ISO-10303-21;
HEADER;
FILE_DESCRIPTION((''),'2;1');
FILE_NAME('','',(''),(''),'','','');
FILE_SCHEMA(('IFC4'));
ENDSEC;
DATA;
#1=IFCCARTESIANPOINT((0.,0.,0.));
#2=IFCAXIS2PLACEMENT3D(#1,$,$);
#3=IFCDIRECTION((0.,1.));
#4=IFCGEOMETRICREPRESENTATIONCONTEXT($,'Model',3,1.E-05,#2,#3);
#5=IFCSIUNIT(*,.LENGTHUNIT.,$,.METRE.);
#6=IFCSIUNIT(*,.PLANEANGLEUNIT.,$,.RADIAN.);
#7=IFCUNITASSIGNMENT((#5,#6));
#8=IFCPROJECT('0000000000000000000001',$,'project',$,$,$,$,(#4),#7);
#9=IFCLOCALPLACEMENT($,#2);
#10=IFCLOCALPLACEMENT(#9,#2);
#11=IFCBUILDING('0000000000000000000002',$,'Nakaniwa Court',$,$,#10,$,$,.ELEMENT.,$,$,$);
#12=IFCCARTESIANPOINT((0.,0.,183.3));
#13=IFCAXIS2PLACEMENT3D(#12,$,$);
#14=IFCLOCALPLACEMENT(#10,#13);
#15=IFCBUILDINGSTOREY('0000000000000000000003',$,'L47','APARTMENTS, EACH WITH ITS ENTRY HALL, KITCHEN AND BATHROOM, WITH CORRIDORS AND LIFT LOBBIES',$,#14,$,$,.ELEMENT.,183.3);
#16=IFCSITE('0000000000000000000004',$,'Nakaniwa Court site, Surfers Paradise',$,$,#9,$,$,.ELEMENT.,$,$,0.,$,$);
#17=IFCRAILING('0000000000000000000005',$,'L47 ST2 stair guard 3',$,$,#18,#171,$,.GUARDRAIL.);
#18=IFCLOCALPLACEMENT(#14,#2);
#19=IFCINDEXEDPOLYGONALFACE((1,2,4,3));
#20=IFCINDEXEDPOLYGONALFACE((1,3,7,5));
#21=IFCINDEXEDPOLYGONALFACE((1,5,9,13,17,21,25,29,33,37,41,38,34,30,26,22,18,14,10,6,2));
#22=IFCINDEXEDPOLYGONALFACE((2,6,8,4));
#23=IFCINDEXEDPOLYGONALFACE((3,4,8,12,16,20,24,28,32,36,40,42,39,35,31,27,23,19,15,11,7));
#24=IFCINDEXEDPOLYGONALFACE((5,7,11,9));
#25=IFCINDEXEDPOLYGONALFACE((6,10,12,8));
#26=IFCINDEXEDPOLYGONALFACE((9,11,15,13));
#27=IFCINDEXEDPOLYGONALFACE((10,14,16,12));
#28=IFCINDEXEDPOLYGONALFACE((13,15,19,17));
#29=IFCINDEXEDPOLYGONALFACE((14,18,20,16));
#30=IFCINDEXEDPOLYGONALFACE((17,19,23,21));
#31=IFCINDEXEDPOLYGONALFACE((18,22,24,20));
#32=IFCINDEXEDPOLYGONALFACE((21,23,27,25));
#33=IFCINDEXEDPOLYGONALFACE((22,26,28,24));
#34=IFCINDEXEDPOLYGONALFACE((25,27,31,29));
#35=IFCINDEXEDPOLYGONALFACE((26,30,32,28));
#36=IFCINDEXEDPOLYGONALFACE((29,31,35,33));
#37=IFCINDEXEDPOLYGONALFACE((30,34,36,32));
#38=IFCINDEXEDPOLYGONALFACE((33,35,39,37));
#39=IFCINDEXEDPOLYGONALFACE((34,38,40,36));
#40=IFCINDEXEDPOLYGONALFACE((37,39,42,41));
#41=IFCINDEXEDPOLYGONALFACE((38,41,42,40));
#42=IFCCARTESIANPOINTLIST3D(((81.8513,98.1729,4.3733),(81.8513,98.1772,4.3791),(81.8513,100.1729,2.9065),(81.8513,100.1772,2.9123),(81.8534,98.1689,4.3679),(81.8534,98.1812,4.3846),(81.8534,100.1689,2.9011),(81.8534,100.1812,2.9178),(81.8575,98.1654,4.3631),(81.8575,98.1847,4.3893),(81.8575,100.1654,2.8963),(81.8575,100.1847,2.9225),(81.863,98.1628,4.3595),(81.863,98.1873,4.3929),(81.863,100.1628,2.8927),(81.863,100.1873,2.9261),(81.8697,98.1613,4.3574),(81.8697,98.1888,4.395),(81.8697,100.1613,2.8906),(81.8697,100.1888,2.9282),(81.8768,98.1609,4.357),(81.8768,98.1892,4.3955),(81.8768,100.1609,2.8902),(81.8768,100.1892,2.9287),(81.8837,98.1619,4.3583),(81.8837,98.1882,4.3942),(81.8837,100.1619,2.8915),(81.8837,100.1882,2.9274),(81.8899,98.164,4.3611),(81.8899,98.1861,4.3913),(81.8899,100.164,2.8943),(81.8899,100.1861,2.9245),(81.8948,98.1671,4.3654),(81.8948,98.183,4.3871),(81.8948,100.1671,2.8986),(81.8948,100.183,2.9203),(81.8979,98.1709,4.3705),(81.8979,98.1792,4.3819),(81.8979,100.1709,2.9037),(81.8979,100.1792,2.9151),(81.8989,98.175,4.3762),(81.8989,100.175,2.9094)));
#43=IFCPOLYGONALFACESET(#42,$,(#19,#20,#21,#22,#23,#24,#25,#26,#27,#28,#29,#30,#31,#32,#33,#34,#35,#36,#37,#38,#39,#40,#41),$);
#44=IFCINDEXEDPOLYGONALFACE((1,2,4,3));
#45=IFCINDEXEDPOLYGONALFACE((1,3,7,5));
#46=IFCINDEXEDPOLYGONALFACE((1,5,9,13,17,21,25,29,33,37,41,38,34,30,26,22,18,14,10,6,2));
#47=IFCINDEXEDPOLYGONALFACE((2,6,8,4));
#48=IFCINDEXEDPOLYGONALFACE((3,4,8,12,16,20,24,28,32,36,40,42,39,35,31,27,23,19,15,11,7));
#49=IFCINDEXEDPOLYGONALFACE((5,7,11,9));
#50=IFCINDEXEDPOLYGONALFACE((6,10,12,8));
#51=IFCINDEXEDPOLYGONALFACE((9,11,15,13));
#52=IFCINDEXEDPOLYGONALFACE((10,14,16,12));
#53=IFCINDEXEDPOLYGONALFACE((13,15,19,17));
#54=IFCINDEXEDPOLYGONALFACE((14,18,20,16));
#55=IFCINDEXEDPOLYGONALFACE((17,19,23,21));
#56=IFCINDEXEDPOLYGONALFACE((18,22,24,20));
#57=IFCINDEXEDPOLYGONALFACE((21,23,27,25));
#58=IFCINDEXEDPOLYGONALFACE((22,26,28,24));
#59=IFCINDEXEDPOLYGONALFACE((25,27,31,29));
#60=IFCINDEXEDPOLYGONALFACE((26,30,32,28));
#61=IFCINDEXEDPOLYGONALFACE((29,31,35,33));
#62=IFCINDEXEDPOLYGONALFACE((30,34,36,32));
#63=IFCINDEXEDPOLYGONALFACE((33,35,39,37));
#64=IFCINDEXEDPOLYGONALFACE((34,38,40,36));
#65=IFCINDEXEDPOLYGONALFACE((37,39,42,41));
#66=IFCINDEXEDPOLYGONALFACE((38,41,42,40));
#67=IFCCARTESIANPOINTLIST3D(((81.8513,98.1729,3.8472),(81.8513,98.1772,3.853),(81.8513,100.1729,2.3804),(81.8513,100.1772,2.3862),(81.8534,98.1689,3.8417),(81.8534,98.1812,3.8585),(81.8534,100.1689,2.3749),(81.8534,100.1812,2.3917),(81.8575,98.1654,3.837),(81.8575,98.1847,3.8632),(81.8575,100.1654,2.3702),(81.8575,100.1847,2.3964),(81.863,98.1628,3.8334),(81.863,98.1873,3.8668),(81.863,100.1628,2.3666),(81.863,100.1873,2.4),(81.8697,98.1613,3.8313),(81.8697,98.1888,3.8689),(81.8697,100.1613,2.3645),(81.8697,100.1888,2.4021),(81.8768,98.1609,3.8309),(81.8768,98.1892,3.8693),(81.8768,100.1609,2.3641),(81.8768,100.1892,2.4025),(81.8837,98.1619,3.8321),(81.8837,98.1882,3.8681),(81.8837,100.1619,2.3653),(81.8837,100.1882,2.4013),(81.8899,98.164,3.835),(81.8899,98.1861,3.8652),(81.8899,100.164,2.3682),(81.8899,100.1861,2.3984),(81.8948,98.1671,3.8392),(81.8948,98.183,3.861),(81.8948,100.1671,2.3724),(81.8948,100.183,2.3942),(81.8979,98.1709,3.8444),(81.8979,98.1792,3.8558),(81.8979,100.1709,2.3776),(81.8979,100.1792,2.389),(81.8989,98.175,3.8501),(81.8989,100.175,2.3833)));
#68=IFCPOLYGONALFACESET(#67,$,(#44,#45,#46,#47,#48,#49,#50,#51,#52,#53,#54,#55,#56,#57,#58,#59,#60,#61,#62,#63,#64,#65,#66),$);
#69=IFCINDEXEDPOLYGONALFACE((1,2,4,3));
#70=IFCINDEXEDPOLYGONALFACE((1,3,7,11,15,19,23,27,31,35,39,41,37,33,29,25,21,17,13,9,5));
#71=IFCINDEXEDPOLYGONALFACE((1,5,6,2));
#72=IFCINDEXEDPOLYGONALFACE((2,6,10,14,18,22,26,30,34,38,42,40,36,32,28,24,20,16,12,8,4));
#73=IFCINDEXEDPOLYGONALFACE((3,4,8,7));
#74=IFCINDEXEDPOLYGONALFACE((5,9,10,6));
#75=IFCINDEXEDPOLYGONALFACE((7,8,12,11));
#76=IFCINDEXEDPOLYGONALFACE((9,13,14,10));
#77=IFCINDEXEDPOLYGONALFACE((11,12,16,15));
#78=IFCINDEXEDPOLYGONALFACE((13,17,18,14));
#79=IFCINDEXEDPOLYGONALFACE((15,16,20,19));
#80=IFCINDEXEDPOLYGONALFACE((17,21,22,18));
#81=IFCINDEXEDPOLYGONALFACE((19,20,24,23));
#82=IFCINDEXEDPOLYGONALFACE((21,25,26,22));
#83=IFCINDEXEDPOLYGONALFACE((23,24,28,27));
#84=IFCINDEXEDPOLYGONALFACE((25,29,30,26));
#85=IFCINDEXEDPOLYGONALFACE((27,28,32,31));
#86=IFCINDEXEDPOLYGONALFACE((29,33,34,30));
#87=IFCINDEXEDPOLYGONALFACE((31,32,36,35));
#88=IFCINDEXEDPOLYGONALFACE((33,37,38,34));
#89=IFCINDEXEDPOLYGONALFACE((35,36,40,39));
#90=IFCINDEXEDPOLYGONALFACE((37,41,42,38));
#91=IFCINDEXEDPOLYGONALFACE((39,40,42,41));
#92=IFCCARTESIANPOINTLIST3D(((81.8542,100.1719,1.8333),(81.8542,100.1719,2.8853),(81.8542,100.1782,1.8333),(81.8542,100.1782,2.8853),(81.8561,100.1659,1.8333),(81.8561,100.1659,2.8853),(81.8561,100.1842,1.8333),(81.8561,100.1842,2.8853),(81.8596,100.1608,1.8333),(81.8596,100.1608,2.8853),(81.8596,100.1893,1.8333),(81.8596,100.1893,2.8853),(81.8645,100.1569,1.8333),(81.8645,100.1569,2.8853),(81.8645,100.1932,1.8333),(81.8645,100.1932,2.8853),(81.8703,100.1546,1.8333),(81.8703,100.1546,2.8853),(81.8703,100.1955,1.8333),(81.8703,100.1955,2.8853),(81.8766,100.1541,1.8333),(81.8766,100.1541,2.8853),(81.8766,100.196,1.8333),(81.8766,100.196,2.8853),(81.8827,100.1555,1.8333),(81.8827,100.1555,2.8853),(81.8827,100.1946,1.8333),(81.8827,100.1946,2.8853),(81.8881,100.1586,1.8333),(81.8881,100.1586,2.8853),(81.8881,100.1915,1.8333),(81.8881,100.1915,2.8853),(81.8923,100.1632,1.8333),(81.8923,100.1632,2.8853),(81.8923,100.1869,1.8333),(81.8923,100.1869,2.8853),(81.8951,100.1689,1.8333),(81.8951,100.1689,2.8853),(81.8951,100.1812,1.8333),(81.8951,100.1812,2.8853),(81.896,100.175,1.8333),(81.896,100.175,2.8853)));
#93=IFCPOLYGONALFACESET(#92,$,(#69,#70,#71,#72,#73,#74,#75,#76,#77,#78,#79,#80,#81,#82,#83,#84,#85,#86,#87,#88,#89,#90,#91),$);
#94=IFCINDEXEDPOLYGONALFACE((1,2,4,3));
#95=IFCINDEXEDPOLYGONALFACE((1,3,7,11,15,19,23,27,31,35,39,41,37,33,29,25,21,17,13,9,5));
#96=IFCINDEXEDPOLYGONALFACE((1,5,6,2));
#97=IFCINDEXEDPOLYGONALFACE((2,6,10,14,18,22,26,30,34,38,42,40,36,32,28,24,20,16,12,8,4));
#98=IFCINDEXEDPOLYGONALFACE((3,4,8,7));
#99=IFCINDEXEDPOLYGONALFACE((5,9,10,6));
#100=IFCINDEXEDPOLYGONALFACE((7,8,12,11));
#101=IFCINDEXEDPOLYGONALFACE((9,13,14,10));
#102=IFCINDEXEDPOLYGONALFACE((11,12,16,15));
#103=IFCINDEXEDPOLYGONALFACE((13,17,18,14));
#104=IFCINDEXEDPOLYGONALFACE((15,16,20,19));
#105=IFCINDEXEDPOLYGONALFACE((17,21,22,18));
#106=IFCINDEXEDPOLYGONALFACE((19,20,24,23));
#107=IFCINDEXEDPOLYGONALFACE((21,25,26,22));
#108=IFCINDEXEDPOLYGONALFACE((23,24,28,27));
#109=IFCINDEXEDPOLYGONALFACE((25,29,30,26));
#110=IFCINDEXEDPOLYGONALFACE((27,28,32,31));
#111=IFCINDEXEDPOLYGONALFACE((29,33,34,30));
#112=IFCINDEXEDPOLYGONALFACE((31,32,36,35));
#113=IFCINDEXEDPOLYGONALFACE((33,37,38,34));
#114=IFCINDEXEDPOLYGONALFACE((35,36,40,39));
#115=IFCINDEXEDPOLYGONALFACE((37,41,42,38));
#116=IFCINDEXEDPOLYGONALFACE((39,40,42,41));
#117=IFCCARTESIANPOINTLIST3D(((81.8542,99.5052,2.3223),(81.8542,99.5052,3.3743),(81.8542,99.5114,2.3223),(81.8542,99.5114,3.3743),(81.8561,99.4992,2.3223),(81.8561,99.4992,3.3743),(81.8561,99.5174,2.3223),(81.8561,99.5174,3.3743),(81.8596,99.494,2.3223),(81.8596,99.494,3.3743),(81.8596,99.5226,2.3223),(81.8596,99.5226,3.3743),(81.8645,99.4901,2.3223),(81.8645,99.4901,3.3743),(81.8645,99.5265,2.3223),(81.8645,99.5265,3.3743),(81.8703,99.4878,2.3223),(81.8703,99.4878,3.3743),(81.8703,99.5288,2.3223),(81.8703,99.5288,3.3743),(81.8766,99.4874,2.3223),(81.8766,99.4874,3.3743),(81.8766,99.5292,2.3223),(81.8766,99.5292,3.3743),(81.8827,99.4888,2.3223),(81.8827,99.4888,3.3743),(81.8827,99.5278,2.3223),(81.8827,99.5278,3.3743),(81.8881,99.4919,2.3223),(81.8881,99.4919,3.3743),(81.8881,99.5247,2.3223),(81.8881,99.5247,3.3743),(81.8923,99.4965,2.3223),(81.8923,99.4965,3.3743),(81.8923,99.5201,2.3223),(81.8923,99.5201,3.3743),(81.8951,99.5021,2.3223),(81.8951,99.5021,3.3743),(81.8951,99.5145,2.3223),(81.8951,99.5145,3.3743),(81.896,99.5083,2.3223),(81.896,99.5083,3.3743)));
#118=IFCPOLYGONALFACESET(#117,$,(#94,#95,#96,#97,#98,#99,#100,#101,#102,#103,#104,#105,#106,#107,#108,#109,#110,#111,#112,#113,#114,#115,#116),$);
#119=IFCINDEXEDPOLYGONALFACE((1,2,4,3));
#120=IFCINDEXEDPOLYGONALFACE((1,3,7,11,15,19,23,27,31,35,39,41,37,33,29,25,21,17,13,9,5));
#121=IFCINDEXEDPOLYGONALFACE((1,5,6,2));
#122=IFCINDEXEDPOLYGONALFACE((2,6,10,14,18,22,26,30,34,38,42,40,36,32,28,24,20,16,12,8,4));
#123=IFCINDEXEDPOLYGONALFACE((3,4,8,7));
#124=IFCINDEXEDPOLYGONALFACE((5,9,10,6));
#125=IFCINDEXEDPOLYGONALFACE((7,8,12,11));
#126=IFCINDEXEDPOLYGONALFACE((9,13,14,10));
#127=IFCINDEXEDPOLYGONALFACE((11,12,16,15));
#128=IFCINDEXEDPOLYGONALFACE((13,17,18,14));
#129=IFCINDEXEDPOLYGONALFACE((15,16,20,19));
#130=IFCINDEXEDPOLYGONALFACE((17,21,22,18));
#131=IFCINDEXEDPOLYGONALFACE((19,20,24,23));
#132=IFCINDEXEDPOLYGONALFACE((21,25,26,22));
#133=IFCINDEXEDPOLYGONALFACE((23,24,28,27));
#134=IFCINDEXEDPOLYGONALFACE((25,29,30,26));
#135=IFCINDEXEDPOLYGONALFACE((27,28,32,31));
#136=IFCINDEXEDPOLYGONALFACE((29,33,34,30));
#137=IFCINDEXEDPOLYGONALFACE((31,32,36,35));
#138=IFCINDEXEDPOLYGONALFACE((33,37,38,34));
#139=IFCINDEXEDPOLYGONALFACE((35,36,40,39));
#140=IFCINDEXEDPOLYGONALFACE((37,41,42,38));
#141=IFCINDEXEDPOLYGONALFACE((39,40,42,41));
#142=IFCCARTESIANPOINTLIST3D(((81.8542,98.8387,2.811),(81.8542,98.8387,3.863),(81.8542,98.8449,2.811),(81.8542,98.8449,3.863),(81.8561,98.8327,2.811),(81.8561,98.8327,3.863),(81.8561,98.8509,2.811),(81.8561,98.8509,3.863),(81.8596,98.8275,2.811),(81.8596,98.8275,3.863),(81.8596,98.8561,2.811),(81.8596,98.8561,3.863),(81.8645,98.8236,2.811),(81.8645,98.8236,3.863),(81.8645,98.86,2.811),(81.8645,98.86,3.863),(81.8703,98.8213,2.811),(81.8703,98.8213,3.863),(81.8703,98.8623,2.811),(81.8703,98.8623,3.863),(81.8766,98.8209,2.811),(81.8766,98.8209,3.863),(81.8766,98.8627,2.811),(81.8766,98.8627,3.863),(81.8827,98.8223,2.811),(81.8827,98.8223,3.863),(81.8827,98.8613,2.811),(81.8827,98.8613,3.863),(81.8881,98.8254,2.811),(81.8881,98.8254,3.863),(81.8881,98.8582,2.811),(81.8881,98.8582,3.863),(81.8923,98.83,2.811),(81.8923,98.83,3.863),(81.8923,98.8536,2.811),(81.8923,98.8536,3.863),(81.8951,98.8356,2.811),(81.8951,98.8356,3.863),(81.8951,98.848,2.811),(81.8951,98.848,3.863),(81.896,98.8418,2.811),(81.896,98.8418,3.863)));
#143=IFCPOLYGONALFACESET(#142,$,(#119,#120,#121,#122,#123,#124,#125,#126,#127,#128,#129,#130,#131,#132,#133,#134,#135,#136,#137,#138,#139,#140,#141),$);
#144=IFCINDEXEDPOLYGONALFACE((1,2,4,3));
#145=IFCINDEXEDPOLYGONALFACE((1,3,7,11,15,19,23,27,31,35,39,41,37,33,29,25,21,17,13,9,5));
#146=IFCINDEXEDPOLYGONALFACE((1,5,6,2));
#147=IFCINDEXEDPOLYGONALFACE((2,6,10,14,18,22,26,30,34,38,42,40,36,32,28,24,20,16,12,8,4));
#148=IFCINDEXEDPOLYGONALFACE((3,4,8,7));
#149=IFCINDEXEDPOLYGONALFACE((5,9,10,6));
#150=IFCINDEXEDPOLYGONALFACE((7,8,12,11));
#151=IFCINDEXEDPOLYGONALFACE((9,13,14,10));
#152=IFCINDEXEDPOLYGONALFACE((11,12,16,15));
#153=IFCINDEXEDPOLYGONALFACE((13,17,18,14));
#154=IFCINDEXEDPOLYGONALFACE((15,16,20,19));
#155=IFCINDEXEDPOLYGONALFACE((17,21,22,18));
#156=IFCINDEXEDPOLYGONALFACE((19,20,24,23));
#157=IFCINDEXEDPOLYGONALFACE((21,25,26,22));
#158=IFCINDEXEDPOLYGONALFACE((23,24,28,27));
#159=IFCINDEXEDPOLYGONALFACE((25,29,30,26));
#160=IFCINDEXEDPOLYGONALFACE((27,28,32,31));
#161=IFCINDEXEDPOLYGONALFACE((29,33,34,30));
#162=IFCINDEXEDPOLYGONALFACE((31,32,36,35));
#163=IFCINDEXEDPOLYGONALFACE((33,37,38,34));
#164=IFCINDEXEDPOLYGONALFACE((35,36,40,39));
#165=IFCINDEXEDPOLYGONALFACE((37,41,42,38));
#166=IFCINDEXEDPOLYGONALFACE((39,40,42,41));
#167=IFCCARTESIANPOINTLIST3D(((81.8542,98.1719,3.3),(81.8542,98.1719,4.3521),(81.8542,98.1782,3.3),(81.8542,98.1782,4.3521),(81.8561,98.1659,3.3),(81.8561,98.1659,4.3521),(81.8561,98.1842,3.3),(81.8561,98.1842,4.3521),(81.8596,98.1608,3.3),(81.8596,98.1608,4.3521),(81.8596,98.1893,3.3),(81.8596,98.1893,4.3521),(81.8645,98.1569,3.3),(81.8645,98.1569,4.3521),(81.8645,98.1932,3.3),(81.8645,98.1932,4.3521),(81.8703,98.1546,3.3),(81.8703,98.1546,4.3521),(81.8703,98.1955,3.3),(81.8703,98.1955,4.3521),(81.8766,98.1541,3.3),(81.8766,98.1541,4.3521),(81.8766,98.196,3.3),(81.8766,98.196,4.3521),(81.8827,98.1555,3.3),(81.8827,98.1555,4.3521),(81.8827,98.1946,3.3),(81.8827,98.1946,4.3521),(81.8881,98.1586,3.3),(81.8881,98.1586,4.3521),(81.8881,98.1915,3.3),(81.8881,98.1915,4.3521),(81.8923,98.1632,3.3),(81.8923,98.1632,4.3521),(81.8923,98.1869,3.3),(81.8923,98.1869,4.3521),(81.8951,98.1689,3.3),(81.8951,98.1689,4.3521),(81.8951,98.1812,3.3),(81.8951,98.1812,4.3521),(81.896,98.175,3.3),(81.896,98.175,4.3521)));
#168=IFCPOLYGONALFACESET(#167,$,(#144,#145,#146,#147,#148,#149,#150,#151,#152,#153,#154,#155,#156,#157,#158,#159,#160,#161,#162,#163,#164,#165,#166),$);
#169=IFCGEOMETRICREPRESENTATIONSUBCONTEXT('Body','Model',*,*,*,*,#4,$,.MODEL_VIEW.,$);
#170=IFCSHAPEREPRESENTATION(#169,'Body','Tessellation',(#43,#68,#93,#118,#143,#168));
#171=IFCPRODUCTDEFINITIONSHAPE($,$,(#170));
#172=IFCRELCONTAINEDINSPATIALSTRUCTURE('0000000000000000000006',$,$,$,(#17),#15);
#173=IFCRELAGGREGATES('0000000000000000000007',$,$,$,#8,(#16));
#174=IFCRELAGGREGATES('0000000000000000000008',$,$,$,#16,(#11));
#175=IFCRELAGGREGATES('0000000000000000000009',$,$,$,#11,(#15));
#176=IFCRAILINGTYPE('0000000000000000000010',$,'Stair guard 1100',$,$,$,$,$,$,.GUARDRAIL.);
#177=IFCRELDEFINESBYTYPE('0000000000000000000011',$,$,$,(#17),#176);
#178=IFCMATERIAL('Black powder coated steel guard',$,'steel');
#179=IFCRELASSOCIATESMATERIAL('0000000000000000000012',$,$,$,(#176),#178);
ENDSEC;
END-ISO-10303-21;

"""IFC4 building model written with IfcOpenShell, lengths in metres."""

from ifc_helpers import new_model, si_unit, direction, frame, origin, origin_2d, place, context, subcontext, project, spatial, circle, extrude, material, type_object, element, save


model = new_model("IFC4")

# Units and contexts
model_context = context("Model", 3, precision=1e-05, world=origin(), true_north=direction((0.0, 1.0)))
body_context = subcontext(model_context, "Body", "Model", "MODEL_VIEW")
ifc_project = project(units=[si_unit("LENGTHUNIT", "METRE"), si_unit("PLANEANGLEUNIT", "RADIAN")], contexts=[model_context])

# Site, building, storey
site_placement = place(None, origin())
site = spatial("IfcSite", under=ifc_project, at=site_placement, Name="Nakaniwa Court site, Surfers Paradise", CompositionType="ELEMENT", RefElevation=0.0)
building_placement = place(site_placement, origin())
building = spatial("IfcBuilding", under=site, at=building_placement, Name="Nakaniwa Court", CompositionType="ELEMENT")
storey_placement = place(building_placement, frame((0.0, 0.0, 183.3)))
storey = spatial("IfcBuildingStorey", under=building, at=storey_placement, Name="L47", Description="APARTMENTS, EACH WITH ITS ENTRY HALL, KITCHEN AND BATHROOM, WITH CORRIDORS AND LIFT LOBBIES", CompositionType="ELEMENT", Elevation=183.3)

# Railing
ifc_material_1 = material(Name="Black powder coated steel guard", Category="steel")
railing_type_1 = type_object("IfcRailingType", Name="Stair guard 1100", PredefinedType="GUARDRAIL", material=ifc_material_1)
railing_1_placement = place(storey_placement, frame((81.875, 100.175, 1.8333)))
element("IfcRailing", 1, at=railing_1_placement, inside=storey, type_object=railing_type_1, Name="L47 ST2 stair guard 3", PredefinedType="GUARDRAIL", context=body_context, shape_type="SweptSolid", body=[
    extrude(circle(Radius=0.0239, at=origin_2d()), frame((0.0, 0.0, 1.0762), z_axis=(0.0, -0.80638, 0.591398), x_axis=(1.0, 0.0, 0.0)), (0.0, 0.0, 1.0), 2.4802),
    extrude(circle(Radius=0.0239, at=origin_2d()), frame((0.0, 0.0, 0.55), z_axis=(0.0, -0.80638, 0.591398), x_axis=(1.0, 0.0, 0.0)), (0.0, 0.0, 1.0), 2.4802),
    extrude(circle(Radius=0.021, at=origin_2d()), origin(), (0.0, 0.0, 1.0), 1.052),
    extrude(circle(Radius=0.021, at=origin_2d()), frame((0.0, -0.6667, 0.489)), (0.0, 0.0, 1.0), 1.052),
    extrude(circle(Radius=0.021, at=origin_2d()), frame((0.0, -1.3333, 0.9778)), (0.0, 0.0, 1.0), 1.052),
    extrude(circle(Radius=0.021, at=origin_2d()), frame((0.0, -2.0, 1.4668)), (0.0, 0.0, 1.0), 1.052),
])

save(model, "model.ifc")
